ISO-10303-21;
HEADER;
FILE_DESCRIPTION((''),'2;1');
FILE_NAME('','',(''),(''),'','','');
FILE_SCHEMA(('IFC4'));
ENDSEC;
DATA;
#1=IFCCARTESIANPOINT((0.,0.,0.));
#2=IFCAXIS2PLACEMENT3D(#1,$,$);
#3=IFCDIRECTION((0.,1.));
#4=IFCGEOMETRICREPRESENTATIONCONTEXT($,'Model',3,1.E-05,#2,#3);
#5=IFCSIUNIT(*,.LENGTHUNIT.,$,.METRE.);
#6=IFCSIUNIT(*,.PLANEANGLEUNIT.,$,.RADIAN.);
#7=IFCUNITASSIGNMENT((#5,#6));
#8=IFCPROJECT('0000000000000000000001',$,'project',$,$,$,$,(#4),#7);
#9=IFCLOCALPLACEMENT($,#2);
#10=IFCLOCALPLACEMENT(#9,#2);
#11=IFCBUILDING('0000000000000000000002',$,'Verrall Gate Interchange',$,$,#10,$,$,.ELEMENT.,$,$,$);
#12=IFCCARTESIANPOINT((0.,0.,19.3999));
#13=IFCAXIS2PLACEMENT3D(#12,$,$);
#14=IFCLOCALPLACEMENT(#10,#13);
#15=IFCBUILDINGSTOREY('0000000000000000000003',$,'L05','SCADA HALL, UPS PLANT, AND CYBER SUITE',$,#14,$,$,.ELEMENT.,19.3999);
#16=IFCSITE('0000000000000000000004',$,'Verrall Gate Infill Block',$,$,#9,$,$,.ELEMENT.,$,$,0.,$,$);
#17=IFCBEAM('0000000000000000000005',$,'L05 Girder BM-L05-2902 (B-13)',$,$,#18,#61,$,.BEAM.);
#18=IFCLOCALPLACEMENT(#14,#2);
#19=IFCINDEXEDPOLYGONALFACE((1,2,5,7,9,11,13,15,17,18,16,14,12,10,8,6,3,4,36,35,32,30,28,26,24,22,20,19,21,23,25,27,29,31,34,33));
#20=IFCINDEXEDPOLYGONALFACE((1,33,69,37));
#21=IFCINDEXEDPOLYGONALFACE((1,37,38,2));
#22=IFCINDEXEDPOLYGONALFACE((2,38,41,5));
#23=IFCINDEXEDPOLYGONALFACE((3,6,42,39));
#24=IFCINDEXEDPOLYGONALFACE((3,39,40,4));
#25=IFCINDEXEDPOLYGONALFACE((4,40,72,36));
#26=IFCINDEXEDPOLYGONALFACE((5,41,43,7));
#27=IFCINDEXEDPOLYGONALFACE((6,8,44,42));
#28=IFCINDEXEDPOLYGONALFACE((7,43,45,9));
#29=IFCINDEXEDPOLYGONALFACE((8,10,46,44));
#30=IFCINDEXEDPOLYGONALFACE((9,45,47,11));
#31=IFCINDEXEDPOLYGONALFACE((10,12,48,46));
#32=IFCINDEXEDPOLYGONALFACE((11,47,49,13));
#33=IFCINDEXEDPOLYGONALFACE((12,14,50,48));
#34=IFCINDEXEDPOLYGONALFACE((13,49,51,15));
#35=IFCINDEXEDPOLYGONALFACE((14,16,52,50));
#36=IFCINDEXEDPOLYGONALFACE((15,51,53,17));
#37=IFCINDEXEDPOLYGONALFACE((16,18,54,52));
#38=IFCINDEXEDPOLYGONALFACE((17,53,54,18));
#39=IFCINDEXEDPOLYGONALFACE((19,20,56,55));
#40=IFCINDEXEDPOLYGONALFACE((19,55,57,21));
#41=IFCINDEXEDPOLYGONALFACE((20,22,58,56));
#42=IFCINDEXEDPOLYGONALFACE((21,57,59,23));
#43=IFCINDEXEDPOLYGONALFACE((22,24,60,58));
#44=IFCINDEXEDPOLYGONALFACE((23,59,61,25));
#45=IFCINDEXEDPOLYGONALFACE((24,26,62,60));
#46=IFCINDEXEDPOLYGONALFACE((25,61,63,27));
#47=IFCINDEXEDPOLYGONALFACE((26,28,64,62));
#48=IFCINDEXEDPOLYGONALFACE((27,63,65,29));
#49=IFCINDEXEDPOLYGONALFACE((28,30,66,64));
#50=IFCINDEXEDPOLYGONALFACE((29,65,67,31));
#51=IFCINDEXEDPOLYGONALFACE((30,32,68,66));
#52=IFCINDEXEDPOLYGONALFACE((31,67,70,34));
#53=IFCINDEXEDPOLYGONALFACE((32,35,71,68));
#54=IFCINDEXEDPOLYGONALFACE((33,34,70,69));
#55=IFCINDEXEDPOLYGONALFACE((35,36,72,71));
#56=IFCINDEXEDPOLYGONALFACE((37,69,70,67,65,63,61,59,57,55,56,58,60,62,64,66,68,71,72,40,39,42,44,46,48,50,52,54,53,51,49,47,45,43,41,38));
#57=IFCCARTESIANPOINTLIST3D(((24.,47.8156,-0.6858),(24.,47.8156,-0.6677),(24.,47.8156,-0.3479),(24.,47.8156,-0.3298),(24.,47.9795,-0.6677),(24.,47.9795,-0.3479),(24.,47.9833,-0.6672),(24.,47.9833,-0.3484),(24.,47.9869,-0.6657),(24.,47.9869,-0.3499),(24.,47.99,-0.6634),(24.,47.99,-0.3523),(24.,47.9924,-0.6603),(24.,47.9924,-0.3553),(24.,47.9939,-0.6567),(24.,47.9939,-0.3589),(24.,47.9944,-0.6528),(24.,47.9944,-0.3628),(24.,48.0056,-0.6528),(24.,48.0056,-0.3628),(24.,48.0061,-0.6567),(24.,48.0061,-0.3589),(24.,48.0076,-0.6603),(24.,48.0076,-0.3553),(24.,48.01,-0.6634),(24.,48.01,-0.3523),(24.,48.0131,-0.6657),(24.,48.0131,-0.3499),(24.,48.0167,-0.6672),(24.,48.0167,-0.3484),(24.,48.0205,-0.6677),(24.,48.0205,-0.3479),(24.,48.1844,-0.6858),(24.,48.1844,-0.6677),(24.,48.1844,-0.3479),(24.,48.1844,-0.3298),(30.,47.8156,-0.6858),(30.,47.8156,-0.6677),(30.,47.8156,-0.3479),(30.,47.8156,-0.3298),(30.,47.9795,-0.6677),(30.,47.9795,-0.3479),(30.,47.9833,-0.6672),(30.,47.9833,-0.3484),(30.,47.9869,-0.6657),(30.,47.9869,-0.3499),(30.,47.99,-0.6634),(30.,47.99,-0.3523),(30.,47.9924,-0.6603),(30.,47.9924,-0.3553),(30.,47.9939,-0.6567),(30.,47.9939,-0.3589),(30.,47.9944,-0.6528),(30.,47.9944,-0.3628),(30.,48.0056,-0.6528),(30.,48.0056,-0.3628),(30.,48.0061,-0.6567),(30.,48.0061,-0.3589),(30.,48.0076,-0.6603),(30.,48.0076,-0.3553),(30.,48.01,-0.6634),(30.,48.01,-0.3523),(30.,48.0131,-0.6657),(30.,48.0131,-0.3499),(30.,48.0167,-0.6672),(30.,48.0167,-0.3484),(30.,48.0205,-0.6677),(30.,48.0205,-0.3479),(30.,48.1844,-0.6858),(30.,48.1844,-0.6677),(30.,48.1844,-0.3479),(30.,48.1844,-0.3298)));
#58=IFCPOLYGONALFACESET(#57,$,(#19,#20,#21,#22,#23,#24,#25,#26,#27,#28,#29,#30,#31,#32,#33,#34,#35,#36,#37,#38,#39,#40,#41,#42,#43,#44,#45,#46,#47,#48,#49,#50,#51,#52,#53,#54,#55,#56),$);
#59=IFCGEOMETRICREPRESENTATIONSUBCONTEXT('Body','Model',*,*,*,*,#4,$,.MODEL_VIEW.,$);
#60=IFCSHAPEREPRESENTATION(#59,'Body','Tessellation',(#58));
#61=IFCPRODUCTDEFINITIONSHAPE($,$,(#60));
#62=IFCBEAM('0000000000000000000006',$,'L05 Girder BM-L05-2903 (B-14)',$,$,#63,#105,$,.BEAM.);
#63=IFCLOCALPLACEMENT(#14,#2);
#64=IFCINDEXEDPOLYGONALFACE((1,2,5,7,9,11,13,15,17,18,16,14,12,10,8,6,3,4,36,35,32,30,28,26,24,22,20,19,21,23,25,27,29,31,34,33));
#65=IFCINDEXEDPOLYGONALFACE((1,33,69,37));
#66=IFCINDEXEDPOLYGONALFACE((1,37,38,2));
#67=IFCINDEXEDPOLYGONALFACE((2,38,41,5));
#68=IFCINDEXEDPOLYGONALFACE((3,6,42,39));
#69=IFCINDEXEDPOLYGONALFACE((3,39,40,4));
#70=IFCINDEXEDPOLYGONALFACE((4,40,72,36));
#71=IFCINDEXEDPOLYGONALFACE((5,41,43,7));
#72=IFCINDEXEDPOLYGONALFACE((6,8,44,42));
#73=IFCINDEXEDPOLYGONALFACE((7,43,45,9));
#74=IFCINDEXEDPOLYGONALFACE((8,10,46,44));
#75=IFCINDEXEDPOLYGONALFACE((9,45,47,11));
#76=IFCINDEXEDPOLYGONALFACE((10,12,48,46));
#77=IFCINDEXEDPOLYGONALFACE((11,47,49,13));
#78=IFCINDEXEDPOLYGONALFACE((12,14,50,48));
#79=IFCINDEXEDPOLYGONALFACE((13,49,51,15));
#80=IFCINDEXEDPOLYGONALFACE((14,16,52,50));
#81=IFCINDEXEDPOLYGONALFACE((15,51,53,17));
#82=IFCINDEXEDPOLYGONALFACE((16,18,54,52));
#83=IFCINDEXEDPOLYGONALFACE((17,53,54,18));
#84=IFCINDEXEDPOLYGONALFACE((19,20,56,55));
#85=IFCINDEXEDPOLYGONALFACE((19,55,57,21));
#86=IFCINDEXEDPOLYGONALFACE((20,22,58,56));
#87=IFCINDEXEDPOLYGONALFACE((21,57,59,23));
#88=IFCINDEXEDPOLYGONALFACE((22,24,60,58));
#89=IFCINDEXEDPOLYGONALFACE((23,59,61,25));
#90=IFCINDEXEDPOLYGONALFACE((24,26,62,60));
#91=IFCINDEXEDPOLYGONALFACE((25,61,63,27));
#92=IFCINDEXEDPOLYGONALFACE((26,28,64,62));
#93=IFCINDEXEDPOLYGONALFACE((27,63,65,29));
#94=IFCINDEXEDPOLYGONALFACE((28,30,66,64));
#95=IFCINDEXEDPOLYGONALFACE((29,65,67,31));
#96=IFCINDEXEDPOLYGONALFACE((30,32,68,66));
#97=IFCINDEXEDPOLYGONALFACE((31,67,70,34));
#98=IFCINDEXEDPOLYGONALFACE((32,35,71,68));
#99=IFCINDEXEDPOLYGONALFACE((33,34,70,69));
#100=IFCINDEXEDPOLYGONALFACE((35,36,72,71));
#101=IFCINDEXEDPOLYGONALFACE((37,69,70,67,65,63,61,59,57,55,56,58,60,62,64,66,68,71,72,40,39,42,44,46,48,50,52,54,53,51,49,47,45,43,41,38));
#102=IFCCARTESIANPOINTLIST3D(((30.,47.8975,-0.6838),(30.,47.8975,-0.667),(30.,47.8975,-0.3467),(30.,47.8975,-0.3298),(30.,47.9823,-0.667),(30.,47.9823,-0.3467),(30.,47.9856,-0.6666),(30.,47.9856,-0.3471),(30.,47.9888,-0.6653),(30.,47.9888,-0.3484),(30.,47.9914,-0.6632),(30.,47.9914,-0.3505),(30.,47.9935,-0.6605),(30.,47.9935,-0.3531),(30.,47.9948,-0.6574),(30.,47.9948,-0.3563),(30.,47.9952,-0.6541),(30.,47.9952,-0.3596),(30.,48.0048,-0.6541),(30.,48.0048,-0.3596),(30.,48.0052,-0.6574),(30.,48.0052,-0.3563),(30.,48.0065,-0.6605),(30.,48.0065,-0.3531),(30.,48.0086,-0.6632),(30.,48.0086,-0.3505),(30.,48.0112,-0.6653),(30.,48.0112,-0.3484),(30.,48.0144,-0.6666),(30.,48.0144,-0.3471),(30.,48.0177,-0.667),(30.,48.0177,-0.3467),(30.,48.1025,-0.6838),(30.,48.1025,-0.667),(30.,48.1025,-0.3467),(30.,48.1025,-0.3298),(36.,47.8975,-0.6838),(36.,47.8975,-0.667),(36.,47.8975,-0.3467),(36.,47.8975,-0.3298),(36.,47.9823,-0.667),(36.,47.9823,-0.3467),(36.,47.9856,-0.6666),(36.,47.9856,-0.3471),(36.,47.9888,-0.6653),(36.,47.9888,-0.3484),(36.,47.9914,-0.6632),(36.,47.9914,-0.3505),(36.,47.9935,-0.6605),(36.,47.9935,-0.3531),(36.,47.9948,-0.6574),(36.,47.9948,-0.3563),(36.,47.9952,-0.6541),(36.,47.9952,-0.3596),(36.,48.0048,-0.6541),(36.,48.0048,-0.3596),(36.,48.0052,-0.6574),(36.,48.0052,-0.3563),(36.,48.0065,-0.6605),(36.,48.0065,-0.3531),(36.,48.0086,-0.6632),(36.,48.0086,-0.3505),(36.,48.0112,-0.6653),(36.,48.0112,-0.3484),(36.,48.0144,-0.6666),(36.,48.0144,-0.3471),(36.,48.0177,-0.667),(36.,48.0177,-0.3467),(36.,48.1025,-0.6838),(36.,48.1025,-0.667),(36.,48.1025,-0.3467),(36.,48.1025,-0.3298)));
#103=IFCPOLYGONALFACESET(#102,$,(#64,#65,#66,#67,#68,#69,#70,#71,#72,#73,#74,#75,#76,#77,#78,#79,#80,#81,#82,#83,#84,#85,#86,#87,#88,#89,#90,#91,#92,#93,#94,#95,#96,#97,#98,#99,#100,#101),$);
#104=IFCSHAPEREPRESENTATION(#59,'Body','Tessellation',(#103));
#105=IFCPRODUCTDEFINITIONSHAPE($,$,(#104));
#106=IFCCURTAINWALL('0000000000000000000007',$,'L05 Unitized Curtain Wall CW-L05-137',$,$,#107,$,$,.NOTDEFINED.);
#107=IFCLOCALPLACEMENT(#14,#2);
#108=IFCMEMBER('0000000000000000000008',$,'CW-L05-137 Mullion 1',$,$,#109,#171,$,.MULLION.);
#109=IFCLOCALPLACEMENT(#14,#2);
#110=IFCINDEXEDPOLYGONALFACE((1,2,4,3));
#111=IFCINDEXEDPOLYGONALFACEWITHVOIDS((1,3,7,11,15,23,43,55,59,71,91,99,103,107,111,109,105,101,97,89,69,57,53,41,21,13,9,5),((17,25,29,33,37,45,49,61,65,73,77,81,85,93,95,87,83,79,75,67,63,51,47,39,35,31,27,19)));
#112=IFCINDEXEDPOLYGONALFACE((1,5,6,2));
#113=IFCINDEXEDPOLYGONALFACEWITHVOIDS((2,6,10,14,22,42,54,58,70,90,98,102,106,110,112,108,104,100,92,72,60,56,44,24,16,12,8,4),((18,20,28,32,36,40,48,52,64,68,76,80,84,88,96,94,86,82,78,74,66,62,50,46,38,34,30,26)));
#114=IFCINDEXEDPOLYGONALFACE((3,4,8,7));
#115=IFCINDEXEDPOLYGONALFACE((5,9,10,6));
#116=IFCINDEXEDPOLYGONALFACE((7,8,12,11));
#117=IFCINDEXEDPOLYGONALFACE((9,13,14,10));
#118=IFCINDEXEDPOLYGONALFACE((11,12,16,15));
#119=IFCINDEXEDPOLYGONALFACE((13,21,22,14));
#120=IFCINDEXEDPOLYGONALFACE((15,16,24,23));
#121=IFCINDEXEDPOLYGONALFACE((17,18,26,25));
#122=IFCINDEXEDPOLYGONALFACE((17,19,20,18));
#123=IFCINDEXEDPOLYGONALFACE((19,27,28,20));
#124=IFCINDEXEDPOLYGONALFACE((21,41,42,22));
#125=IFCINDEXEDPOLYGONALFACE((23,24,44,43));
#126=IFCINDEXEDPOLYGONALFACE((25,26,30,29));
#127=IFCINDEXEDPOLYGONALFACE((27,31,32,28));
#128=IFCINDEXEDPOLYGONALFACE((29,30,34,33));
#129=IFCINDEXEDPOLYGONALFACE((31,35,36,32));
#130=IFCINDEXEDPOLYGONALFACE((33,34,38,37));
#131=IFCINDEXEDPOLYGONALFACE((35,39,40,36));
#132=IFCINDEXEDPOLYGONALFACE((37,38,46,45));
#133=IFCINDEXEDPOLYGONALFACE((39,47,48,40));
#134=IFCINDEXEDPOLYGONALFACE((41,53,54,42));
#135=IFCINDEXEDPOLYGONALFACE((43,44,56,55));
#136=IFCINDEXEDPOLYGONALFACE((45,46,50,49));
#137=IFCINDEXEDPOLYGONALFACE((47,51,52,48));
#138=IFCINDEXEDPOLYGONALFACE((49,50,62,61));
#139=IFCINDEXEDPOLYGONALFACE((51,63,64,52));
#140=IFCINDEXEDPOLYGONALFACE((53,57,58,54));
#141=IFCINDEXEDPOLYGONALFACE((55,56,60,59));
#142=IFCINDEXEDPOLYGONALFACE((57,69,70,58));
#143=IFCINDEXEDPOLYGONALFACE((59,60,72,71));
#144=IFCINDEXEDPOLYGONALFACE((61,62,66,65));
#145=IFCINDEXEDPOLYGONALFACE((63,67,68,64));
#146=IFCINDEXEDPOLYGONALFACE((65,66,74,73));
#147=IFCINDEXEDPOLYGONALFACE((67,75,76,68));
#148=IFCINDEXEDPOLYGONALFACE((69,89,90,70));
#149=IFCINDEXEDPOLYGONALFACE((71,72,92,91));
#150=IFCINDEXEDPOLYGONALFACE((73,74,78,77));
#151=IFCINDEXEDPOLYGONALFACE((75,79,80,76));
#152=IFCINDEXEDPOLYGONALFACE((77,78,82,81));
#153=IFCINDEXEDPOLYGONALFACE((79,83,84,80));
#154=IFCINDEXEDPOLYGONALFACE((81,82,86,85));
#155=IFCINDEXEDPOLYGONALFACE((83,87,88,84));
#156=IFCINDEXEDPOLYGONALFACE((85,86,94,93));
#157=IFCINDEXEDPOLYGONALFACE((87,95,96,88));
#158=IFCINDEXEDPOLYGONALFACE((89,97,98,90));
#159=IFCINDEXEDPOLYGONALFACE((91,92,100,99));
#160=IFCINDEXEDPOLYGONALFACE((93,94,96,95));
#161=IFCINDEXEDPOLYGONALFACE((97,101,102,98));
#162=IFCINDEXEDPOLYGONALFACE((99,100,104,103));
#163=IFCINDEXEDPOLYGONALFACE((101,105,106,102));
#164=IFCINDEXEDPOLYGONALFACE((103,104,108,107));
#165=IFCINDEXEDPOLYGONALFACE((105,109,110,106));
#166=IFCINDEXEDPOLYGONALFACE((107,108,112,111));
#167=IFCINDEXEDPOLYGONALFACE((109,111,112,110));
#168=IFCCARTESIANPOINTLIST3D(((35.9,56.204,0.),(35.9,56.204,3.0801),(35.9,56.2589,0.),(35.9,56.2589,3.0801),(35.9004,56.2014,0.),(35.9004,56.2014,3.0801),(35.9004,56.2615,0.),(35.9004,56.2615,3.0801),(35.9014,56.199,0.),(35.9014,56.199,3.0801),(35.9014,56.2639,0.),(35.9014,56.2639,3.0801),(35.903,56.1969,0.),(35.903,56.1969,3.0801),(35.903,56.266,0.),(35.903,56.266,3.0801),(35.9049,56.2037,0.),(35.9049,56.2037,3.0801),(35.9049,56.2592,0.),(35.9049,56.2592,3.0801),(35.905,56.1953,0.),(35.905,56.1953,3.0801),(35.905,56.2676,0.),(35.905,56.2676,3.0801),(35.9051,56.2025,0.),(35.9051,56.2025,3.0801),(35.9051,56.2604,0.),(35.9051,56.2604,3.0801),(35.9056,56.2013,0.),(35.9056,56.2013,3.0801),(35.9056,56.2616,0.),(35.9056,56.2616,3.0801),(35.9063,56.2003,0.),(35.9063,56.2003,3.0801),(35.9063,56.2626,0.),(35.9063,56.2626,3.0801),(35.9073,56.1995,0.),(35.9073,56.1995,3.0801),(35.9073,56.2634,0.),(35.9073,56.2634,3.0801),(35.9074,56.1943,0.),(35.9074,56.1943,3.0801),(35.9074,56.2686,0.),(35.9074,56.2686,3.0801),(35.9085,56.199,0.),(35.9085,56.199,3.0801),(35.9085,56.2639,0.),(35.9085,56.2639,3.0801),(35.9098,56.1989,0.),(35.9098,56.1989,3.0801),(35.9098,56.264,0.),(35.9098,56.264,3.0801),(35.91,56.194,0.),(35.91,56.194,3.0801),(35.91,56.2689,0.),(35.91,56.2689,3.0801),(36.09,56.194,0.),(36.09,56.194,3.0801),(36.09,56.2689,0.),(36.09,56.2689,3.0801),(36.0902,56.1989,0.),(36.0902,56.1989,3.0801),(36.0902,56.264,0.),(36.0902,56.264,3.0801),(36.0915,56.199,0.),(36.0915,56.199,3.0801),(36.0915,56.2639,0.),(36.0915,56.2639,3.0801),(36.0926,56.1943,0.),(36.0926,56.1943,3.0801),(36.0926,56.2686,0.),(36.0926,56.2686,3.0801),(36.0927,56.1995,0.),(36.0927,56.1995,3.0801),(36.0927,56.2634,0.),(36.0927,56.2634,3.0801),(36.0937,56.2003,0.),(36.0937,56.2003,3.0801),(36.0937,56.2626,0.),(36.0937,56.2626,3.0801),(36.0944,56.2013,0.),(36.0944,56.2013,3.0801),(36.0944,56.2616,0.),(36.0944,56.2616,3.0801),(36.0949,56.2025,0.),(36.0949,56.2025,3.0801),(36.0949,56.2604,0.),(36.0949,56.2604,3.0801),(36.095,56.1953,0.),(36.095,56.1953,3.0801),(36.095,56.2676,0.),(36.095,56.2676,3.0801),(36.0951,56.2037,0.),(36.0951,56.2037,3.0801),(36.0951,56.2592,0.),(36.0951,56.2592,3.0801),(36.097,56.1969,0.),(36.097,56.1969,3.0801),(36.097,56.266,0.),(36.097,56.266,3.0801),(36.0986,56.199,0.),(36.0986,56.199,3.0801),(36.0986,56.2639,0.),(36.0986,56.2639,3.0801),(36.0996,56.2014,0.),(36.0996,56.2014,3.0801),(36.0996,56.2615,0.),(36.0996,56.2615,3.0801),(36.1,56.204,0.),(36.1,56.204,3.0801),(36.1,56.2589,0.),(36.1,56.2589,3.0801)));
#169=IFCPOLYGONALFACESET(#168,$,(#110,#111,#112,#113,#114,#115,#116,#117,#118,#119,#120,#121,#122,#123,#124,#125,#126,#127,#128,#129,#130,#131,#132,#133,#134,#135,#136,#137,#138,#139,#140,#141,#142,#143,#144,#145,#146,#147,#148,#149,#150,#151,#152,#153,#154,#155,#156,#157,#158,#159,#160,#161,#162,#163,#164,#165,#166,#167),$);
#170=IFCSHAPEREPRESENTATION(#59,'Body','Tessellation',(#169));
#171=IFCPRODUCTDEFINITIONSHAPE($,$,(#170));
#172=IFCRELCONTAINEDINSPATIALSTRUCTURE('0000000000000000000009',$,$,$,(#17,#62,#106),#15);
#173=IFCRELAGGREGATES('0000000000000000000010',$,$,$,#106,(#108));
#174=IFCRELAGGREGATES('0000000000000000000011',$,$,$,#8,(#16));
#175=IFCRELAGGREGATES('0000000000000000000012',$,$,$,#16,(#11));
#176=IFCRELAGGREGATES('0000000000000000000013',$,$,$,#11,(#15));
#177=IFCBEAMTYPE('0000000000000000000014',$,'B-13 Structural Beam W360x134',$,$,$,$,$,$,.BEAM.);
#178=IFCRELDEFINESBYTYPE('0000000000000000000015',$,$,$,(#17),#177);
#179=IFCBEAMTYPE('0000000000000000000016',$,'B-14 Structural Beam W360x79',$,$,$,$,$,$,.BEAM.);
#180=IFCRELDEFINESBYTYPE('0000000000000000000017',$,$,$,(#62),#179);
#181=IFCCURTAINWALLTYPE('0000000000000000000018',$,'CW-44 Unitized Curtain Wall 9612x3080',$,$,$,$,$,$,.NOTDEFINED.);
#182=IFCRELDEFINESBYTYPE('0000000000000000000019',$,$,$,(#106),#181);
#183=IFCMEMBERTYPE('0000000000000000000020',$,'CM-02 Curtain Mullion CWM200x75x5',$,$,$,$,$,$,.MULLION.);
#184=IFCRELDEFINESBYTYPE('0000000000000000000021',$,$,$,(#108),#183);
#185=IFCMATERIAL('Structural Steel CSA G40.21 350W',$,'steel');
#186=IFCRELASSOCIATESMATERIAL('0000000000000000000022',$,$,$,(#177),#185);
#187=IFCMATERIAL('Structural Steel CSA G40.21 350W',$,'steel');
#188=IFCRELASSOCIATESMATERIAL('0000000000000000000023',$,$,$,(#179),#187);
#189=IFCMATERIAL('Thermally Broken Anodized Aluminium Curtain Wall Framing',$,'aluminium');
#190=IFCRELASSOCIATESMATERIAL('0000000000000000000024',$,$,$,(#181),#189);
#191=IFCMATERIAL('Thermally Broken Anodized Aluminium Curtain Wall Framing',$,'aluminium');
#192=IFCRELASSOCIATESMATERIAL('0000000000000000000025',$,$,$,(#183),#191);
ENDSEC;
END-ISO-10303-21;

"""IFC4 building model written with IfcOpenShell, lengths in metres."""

from ifc_helpers import new_model, si_unit, direction, frame, origin, origin_2d, place, context, subcontext, project, spatial, hollow_rectangle, i_section, extrude, material, material_profile, profile_set, type_object, element, aggregate, save


model = new_model("IFC4")

# Units and contexts
model_context = context("Model", 3, precision=1e-05, world=origin(), true_north=direction((0.0, 1.0)))
body_context = subcontext(model_context, "Body", "Model", "MODEL_VIEW")
ifc_project = project(units=[si_unit("LENGTHUNIT", "METRE"), si_unit("PLANEANGLEUNIT", "RADIAN")], contexts=[model_context])

# Site, building, storey
site_placement = place(None, origin())
site = spatial("IfcSite", under=ifc_project, at=site_placement, Name="Verrall Gate Infill Block", CompositionType="ELEMENT", RefElevation=0.0)
building_placement = place(site_placement, origin())
building = spatial("IfcBuilding", under=site, at=building_placement, Name="Verrall Gate Interchange", CompositionType="ELEMENT")
storey_placement = place(building_placement, frame((0.0, 0.0, 19.3999)))
storey = spatial("IfcBuildingStorey", under=building, at=storey_placement, Name="L05", Description="SCADA HALL, UPS PLANT, AND CYBER SUITE", CompositionType="ELEMENT", Elevation=19.3999)

# Beams
ifc_material_1 = material(Name="Structural Steel CSA G40.21 350W", Category="steel")
ifc_material_profile_1 = material_profile(ifc_material_1, i_section(OverallWidth=0.3689, OverallDepth=0.356, WebThickness=0.0112, FlangeThickness=0.0181, FilletRadius=0.0149, at=origin_2d()), Name="W360x134")
ifc_profile_set_1 = profile_set([ifc_material_profile_1], Name="Structural Steel CSA G40.21 350W")
beam_type_1 = type_object("IfcBeamType", Name="B-13 Structural Beam W360x134", PredefinedType="BEAM", material=ifc_profile_set_1)
beam_1_placement = place(storey_placement, frame((24.0, 48.0, -0.5078), z_axis=(1.0, 0.0, 0.0), x_axis=(0.0, 1.0, 0.0)))
element("IfcBeam", 1, at=beam_1_placement, inside=storey, type_object=beam_type_1, Name="L05 Girder BM-L05-2902 (B-13)", PredefinedType="BEAM", context=body_context, shape_type="SweptSolid", body=[
    extrude(i_section(OverallWidth=0.3689, OverallDepth=0.356, WebThickness=0.0112, FlangeThickness=0.0181, FilletRadius=0.0149, at=origin_2d()), origin(), (0.0, 0.0, 1.0), 6.0),
])
ifc_material_2 = material(Name="Structural Steel CSA G40.21 350W", Category="steel")
ifc_material_profile_2 = material_profile(ifc_material_2, i_section(OverallWidth=0.2051, OverallDepth=0.354, WebThickness=0.0095, FlangeThickness=0.0168, FilletRadius=0.0129, at=origin_2d()), Name="W360x79")
ifc_profile_set_2 = profile_set([ifc_material_profile_2], Name="Structural Steel CSA G40.21 350W")
beam_type_2 = type_object("IfcBeamType", Name="B-14 Structural Beam W360x79", PredefinedType="BEAM", material=ifc_profile_set_2)
beam_2_placement = place(storey_placement, frame((30.0, 48.0, -0.5068), z_axis=(1.0, 0.0, 0.0), x_axis=(0.0, 1.0, 0.0)))
element("IfcBeam", 2, at=beam_2_placement, inside=storey, type_object=beam_type_2, Name="L05 Girder BM-L05-2903 (B-14)", PredefinedType="BEAM", context=body_context, shape_type="SweptSolid", body=[
    extrude(i_section(OverallWidth=0.2051, OverallDepth=0.354, WebThickness=0.0095, FlangeThickness=0.0168, FilletRadius=0.0129, at=origin_2d()), origin(), (0.0, 0.0, 1.0), 6.0),
])

# Curtain wall, member
ifc_material_3 = material(Name="Thermally Broken Anodized Aluminium Curtain Wall Framing", Category="aluminium")
curtain_wall_type = type_object("IfcCurtainWallType", Name="CW-44 Unitized Curtain Wall 9612x3080", PredefinedType="NOTDEFINED", material=ifc_material_3)
curtain_wall_placement = place(storey_placement, origin())
curtain_wall = element("IfcCurtainWall", 3, at=curtain_wall_placement, inside=storey, type_object=curtain_wall_type, Name="L05 Unitized Curtain Wall CW-L05-137", PredefinedType="NOTDEFINED")
ifc_material_4 = material(Name="Thermally Broken Anodized Aluminium Curtain Wall Framing", Category="aluminium")
ifc_material_profile_3 = material_profile(ifc_material_4, hollow_rectangle(XDim=0.075, YDim=0.2, WallThickness=0.0049, InnerFilletRadius=0.0049, OuterFilletRadius=0.01, at=origin_2d()), Name="CWM200x75x5")
ifc_profile_set_3 = profile_set([ifc_material_profile_3], Name="Thermally Broken Anodized Aluminium Curtain Wall Framing")
member_type_1 = type_object("IfcMemberType", Name="CM-02 Curtain Mullion CWM200x75x5", PredefinedType="MULLION", material=ifc_profile_set_3)
member_1_placement = place(storey_placement, frame((36.0, 56.2314, 0.0), z_axis=(0.0, 0.0, 1.0), x_axis=(0.0, 1.0, 0.0)))
member_1 = element("IfcMember", 4, at=member_1_placement, type_object=member_type_1, Name="CW-L05-137 Mullion 1", PredefinedType="MULLION", context=body_context, shape_type="SweptSolid", body=[
    extrude(hollow_rectangle(XDim=0.075, YDim=0.2, WallThickness=0.0049, InnerFilletRadius=0.0049, OuterFilletRadius=0.01, at=origin_2d()), origin(), (0.0, 0.0, 1.0), 3.0801),
])

aggregate(curtain_wall, [member_1])

save(model, "model.ifc")
